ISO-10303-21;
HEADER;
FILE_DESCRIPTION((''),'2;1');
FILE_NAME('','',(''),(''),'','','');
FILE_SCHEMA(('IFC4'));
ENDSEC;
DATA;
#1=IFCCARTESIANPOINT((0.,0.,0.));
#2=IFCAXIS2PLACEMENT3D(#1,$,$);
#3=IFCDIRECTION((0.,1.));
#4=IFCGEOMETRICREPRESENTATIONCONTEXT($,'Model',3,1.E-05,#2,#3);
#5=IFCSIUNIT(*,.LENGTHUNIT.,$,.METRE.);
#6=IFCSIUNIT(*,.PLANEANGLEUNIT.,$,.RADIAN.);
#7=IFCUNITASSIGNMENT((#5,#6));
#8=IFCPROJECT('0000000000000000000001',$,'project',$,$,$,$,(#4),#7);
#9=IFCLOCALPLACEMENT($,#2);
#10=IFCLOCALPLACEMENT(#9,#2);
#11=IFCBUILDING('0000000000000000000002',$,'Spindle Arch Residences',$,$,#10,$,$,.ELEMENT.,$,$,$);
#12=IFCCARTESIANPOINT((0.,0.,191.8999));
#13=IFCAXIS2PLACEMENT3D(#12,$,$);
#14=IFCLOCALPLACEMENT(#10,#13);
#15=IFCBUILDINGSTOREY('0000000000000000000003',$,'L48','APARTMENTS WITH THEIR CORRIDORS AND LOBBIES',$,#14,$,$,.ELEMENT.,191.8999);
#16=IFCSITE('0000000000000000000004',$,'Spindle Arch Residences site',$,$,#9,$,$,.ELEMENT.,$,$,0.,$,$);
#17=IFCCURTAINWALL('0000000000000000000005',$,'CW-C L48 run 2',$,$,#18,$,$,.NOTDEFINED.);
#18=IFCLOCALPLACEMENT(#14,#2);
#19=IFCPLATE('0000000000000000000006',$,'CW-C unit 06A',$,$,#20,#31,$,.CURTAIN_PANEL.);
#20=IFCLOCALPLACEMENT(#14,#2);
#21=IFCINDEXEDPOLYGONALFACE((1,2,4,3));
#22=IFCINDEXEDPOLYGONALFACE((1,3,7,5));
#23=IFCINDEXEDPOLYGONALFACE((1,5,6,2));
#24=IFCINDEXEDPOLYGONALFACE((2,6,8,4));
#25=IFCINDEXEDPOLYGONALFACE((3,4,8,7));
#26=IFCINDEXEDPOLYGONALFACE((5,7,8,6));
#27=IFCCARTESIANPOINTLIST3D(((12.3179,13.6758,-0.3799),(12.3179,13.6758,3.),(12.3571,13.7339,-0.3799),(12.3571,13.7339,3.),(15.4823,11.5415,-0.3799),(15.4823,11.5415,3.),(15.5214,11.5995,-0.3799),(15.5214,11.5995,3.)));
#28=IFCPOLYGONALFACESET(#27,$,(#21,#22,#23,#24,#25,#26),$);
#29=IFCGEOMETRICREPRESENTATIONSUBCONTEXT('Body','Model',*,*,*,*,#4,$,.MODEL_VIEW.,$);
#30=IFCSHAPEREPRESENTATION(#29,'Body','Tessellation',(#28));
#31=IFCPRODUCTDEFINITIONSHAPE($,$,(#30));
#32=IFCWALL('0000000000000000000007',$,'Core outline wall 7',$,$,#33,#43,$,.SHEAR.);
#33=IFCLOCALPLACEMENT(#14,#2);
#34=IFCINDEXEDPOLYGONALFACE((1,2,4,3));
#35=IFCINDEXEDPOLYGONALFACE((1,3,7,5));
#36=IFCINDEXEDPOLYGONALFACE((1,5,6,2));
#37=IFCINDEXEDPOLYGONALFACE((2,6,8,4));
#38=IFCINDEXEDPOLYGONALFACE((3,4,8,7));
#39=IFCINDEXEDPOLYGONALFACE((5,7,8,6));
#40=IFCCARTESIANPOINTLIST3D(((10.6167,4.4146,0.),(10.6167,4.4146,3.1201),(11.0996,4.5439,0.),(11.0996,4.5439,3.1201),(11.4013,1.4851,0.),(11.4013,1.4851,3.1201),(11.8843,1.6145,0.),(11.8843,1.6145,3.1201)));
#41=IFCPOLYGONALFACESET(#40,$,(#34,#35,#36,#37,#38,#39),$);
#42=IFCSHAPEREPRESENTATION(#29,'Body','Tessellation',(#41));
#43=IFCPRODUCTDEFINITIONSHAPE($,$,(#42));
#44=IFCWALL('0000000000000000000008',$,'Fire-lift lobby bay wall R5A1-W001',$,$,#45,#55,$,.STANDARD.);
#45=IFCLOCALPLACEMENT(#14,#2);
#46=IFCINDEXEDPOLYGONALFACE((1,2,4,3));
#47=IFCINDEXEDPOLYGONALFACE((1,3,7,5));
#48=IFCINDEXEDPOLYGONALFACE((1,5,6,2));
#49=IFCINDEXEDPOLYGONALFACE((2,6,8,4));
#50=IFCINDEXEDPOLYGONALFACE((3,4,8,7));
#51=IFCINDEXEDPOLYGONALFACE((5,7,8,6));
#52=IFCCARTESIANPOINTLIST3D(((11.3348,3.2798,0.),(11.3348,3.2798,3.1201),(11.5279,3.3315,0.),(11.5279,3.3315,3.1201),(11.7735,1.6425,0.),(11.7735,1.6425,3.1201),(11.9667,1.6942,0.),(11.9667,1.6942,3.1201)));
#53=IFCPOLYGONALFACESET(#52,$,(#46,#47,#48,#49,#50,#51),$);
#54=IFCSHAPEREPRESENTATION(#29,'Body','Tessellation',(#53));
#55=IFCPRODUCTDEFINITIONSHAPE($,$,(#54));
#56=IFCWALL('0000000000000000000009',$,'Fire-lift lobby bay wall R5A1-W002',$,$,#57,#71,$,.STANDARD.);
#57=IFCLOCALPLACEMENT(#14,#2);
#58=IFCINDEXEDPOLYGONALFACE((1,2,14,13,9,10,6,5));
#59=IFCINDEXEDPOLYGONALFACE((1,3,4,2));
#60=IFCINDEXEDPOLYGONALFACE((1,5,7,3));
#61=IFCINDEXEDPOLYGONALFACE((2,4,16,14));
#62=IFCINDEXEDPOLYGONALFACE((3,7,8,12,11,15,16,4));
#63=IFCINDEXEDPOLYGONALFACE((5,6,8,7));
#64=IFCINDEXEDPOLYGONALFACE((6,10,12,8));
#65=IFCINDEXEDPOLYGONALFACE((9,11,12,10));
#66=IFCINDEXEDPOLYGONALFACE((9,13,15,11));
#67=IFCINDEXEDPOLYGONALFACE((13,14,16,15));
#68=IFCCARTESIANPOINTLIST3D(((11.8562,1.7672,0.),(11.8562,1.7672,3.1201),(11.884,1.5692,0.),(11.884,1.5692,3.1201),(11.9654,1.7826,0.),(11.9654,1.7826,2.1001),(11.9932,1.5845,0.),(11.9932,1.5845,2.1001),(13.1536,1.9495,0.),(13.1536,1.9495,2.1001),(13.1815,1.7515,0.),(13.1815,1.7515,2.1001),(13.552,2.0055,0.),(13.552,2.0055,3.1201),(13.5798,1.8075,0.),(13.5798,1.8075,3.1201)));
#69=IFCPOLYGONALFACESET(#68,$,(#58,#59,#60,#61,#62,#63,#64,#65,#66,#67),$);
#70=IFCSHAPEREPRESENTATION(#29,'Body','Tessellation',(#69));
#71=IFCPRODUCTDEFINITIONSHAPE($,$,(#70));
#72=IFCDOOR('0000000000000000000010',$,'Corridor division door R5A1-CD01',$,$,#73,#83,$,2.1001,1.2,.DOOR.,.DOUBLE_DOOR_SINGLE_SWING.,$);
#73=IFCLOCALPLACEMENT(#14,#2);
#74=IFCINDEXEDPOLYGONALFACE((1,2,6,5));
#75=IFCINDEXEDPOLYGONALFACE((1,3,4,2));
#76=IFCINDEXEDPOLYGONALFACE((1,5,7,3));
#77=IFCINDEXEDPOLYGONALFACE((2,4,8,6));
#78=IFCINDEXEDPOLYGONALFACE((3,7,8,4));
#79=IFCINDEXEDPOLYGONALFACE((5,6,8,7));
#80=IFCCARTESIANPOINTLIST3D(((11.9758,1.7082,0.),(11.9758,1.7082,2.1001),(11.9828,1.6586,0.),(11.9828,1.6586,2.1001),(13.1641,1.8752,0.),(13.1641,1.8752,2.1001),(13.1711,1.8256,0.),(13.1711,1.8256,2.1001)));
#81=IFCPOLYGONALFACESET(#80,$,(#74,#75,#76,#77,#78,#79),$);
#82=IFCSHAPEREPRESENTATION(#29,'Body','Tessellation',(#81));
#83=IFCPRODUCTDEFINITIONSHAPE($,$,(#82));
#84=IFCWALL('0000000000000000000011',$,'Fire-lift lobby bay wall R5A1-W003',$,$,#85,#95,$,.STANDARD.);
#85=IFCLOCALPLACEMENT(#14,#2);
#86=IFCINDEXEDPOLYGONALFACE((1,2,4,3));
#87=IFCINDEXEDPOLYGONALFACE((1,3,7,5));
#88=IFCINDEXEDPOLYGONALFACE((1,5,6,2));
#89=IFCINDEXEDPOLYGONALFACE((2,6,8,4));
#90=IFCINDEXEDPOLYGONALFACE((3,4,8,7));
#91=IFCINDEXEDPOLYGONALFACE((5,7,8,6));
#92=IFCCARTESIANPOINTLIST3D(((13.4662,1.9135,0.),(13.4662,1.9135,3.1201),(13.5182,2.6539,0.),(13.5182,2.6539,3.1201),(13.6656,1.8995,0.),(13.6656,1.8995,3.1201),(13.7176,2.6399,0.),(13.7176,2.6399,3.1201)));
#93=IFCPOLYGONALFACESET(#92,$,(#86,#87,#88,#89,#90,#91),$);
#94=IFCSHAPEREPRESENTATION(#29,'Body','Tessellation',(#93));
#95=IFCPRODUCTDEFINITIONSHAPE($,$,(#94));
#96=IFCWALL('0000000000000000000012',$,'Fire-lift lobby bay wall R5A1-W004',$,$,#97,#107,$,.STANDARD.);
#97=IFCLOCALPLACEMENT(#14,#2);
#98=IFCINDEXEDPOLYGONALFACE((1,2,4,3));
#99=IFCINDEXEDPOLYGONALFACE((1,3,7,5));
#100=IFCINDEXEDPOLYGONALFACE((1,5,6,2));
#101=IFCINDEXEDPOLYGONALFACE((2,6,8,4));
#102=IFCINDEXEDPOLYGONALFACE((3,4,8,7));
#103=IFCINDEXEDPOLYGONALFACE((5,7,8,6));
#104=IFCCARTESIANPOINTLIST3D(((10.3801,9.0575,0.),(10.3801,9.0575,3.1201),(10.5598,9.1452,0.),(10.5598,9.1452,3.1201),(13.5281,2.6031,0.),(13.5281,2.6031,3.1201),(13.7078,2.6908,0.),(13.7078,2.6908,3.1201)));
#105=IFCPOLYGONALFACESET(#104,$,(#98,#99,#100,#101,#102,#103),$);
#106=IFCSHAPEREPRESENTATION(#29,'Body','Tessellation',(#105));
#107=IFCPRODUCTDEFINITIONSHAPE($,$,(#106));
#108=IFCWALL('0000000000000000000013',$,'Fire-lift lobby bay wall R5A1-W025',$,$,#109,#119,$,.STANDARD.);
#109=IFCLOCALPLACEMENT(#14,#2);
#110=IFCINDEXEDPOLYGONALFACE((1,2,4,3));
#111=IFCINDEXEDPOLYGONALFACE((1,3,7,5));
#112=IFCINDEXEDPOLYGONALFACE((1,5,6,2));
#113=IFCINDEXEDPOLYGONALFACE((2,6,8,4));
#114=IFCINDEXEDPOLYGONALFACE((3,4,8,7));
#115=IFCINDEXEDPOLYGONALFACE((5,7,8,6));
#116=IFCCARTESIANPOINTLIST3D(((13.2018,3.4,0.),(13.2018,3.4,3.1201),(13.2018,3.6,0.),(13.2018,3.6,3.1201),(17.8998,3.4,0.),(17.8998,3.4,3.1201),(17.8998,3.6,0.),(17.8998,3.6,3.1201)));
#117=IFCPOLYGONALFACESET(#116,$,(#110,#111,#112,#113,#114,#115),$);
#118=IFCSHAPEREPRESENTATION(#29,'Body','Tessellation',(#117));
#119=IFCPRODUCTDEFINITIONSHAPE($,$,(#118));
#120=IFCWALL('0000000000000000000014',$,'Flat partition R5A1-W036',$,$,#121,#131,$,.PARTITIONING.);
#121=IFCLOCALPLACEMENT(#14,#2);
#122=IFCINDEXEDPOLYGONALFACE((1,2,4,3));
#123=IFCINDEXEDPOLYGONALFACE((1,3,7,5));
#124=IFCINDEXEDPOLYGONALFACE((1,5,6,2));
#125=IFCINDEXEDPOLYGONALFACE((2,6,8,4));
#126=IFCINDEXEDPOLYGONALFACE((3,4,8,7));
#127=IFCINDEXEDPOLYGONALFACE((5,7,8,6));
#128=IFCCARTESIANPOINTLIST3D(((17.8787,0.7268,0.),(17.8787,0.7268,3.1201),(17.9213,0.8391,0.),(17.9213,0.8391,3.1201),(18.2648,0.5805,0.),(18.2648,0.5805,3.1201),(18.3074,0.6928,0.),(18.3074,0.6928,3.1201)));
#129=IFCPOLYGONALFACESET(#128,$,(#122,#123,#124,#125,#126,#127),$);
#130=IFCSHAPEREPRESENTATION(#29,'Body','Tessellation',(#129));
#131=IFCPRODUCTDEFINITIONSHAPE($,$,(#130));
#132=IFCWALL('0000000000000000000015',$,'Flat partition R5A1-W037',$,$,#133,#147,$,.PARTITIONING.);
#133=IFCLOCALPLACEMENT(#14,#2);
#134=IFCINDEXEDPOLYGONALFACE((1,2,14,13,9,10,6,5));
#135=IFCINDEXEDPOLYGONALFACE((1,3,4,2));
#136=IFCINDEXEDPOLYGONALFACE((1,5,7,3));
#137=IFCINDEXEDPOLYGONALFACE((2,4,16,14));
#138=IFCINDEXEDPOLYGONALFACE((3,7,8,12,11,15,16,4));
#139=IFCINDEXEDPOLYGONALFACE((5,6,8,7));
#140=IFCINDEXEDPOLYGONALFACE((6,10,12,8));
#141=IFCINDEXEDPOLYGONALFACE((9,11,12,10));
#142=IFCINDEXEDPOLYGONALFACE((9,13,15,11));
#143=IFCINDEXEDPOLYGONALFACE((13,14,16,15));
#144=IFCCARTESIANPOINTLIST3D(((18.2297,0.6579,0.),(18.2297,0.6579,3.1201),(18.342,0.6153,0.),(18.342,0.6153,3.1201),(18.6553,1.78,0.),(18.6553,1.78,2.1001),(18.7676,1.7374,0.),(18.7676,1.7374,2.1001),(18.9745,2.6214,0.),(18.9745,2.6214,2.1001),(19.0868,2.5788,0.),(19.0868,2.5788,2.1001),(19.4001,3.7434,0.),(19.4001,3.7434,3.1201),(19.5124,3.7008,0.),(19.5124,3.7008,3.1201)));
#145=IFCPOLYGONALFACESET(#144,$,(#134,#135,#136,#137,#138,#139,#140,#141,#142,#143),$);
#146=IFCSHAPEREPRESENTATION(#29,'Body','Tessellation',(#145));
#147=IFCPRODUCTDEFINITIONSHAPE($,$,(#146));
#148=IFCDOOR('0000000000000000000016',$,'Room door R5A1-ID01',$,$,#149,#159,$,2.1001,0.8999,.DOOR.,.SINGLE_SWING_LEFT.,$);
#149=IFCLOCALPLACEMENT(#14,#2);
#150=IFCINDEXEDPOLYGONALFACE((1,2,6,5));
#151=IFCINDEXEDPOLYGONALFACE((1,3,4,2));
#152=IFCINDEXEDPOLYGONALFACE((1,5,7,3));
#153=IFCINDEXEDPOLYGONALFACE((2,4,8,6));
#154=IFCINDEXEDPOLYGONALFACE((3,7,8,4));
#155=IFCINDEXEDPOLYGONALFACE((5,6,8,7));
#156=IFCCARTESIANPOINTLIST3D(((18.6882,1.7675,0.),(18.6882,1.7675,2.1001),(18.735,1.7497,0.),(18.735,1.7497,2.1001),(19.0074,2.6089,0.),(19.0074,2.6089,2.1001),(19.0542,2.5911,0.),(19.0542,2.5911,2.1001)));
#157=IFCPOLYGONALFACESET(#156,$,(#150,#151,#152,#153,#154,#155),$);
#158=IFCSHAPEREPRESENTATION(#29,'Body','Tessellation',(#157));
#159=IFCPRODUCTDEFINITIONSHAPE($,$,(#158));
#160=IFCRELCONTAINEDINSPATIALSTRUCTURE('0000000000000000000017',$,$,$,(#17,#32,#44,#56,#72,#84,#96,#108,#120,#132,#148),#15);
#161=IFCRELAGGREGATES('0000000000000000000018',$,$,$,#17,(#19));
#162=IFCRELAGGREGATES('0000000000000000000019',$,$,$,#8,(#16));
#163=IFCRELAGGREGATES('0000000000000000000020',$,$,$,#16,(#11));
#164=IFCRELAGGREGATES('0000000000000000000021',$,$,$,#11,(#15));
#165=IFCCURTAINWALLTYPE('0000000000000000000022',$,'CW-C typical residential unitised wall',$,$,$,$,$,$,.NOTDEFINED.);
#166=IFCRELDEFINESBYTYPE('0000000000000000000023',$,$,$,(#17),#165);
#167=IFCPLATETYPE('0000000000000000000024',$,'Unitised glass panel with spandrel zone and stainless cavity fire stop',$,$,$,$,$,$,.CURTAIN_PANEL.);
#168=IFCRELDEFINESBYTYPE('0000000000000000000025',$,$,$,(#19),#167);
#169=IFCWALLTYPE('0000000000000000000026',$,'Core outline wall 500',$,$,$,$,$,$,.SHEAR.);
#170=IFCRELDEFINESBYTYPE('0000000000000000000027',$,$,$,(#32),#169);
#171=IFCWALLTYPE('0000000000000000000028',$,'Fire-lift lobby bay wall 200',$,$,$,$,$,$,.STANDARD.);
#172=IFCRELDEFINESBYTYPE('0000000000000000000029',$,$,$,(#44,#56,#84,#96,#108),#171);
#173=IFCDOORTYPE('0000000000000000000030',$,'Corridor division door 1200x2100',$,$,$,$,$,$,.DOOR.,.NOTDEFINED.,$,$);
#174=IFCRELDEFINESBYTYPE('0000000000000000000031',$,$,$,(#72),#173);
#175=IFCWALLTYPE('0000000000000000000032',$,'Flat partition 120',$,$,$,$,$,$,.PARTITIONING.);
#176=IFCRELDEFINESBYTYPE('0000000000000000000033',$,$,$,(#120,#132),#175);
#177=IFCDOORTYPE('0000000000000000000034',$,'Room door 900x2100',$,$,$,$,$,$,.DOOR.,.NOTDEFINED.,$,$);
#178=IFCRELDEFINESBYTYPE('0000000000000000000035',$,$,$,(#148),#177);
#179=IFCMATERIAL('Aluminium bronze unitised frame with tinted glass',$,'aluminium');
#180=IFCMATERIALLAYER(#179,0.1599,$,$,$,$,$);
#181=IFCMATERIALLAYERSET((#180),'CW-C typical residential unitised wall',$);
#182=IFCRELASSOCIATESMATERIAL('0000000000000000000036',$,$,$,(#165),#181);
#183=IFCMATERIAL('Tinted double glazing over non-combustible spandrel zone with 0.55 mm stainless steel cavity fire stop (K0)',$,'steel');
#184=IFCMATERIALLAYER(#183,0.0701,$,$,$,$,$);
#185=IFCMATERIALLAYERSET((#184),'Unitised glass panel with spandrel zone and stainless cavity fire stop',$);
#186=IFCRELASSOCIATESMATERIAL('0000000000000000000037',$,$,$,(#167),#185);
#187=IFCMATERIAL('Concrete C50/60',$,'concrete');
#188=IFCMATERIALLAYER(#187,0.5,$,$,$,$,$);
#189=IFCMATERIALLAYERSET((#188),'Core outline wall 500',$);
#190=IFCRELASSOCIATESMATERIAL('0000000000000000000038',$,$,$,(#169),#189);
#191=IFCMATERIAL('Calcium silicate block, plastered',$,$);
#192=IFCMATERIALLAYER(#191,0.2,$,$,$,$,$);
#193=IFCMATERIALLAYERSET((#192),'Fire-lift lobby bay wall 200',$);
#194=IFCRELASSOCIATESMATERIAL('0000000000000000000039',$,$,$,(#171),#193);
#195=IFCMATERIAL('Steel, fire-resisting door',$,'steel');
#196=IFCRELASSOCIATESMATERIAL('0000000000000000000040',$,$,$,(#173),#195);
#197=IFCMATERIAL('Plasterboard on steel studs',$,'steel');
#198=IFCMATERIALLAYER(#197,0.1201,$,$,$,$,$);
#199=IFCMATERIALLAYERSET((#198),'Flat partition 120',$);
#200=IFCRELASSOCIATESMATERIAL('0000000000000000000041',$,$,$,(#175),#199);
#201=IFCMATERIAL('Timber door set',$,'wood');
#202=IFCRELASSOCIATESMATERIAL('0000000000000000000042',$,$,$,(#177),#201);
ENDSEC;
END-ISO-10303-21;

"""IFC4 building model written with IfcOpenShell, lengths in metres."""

from ifc_helpers import new_model, si_unit, direction, frame, frame_2d, origin, origin_2d, place, context, subcontext, project, spatial, rectangle, extrude, material, layer, layer_set, type_object, element, fill, aggregate, save


model = new_model("IFC4")

# Units and contexts
model_context = context("Model", 3, precision=1e-05, world=origin(), true_north=direction((0.0, 1.0)))
body_context = subcontext(model_context, "Body", "Model", "MODEL_VIEW")
ifc_project = project(units=[si_unit("LENGTHUNIT", "METRE"), si_unit("PLANEANGLEUNIT", "RADIAN")], contexts=[model_context])

# Site, building, storey
site_placement = place(None, origin())
site = spatial("IfcSite", under=ifc_project, at=site_placement, Name="Spindle Arch Residences site", CompositionType="ELEMENT", RefElevation=0.0)
building_placement = place(site_placement, origin())
building = spatial("IfcBuilding", under=site, at=building_placement, Name="Spindle Arch Residences", CompositionType="ELEMENT")
storey_placement = place(building_placement, frame((0.0, 0.0, 191.8999)))
storey = spatial("IfcBuildingStorey", under=building, at=storey_placement, Name="L48", Description="APARTMENTS WITH THEIR CORRIDORS AND LOBBIES", CompositionType="ELEMENT", Elevation=191.8999)

# Curtain wall
ifc_material_1 = material(Name="Aluminium bronze unitised frame with tinted glass", Category="aluminium")
ifc_layer_1 = layer(ifc_material_1, 0.1599)
ifc_layer_set_1 = layer_set([ifc_layer_1], Name="CW-C typical residential unitised wall")
curtain_wall_type = type_object("IfcCurtainWallType", Name="CW-C typical residential unitised wall", PredefinedType="NOTDEFINED", material=ifc_layer_set_1)
curtain_wall_placement = place(storey_placement, origin())
curtain_wall = element("IfcCurtainWall", 1, at=curtain_wall_placement, inside=storey, type_object=curtain_wall_type, Name="CW-C L48 run 2", PredefinedType="NOTDEFINED")

# Plate
ifc_material_2 = material(Name="Tinted double glazing over non-combustible spandrel zone with 0.55 mm stainless steel cavity fire stop (K0)", Category="steel")
ifc_layer_2 = layer(ifc_material_2, 0.0701)
ifc_layer_set_2 = layer_set([ifc_layer_2], Name="Unitised glass panel with spandrel zone and stainless cavity fire stop")
plate_type = type_object("IfcPlateType", Name="Unitised glass panel with spandrel zone and stainless cavity fire stop", PredefinedType="CURTAIN_PANEL", material=ifc_layer_set_2)
plate_1_placement = place(storey_placement, frame((13.9197, 12.6377, -0.3799), z_axis=(0.0, 0.0, 1.0), x_axis=(-0.829038, 0.559193, 0.0)))
plate_1 = element("IfcPlate", 2, at=plate_1_placement, type_object=plate_type, Name="CW-C unit 06A", PredefinedType="CURTAIN_PANEL", context=body_context, shape_type="SweptSolid", body=[
    extrude(rectangle(XDim=3.8169, YDim=0.0701, at=origin_2d()), origin(), (0.0, 0.0, 1.0), 3.3799),
])
aggregate(curtain_wall, [plate_1])

# Walls
ifc_material_3 = material(Name="Concrete C50/60", Category="concrete")
ifc_layer_3 = layer(ifc_material_3, 0.5)
ifc_layer_set_3 = layer_set([ifc_layer_3], Name="Core outline wall 500")
wall_type_1 = type_object("IfcWallType", Name="Core outline wall 500", PredefinedType="SHEAR", material=ifc_layer_set_3)
wall_1_placement = place(storey_placement, frame((11.6428, 1.5498, 0.0), z_axis=(0.0, 0.0, 1.0), x_axis=(-0.258735, 0.965948, 0.0)))
element("IfcWall", 3, at=wall_1_placement, inside=storey, type_object=wall_type_1, Name="Core outline wall 7", PredefinedType="SHEAR", context=body_context, shape_type="SweptSolid", body=[
    extrude(rectangle(XDim=3.0327, YDim=0.5, at=frame_2d((1.5164, 0.0))), origin(), (0.0, 0.0, 1.0), 3.1201),
])
ifc_material_4 = material(Name="Calcium silicate block, plastered")
ifc_layer_4 = layer(ifc_material_4, 0.2)
ifc_layer_set_4 = layer_set([ifc_layer_4], Name="Fire-lift lobby bay wall 200")
wall_type_2 = type_object("IfcWallType", Name="Fire-lift lobby bay wall 200", PredefinedType="STANDARD", material=ifc_layer_set_4)
wall_2_placement = place(storey_placement, frame((11.8701, 1.6682, 0.0), z_axis=(0.0, 0.0, 1.0), x_axis=(-0.258837, 0.965921, 0.0)))
element("IfcWall", 4, at=wall_2_placement, inside=storey, type_object=wall_type_2, Name="Fire-lift lobby bay wall R5A1-W001", PredefinedType="STANDARD", context=body_context, shape_type="SweptSolid", body=[
    extrude(rectangle(XDim=1.6951, YDim=0.2, at=frame_2d((0.8477, 0.0))), origin(), (0.0, 0.0, 1.0), 3.1201),
])

# Wall, opening, door
wall_3_placement = place(storey_placement, frame((11.8701, 1.6682, 0.0), z_axis=(0.0, 0.0, 1.0), x_axis=(0.990272, 0.139146, 0.0)))
wall_3 = element("IfcWall", 5, at=wall_3_placement, inside=storey, type_object=wall_type_2, Name="Fire-lift lobby bay wall R5A1-W002", PredefinedType="STANDARD", context=body_context, shape_type="SweptSolid", body=[
    extrude(rectangle(XDim=1.7124, YDim=0.2, at=frame_2d((0.8562, 0.0))), origin(), (0.0, 0.0, 1.0), 3.1201),
])
opening_1_placement = place(wall_3_placement, frame((0.1101, 0.0, 0.0)))
opening_1 = element("IfcOpeningElement", 6, at=opening_1_placement, cuts=wall_3, PredefinedType="OPENING", context=body_context, shape_type="SweptSolid", body=[
    extrude(rectangle(XDim=1.2, YDim=2.1001, at=frame_2d((0.6001, 1.05))), frame((0.0, 0.1099, 0.0), z_axis=(0.0, -1.0, 0.0), x_axis=(1.0, 0.0, 0.0)), (0.0, 0.0, 1.0), 0.22),
])
ifc_material_5 = material(Name="Steel, fire-resisting door", Category="steel")
door_type_1 = type_object("IfcDoorType", Name="Corridor division door 1200x2100", OperationType="NOTDEFINED", PredefinedType="DOOR", material=ifc_material_5)
door_1_placement = place(opening_1_placement, origin())
door_1 = element("IfcDoor", 7, at=door_1_placement, inside=storey, type_object=door_type_1, Name="Corridor division door R5A1-CD01", OperationType="DOUBLE_DOOR_SINGLE_SWING", OverallHeight=2.1001, OverallWidth=1.2, PredefinedType="DOOR", context=body_context, shape_type="SweptSolid", body=[
    extrude(rectangle(XDim=1.2, YDim=2.1001, at=frame_2d((0.6001, 1.05))), frame((0.0, 0.0249, 0.0), z_axis=(0.0, -1.0, 0.0), x_axis=(1.0, 0.0, 0.0)), (0.0, 0.0, 1.0), 0.05),
])
fill(opening_1, door_1)

# Walls
wall_4_placement = place(storey_placement, frame((13.5659, 1.9065, 0.0), z_axis=(0.0, 0.0, 1.0), x_axis=(0.070055, 0.997543, 0.0)))
element("IfcWall", 8, at=wall_4_placement, inside=storey, type_object=wall_type_2, Name="Fire-lift lobby bay wall R5A1-W003", PredefinedType="STANDARD", context=body_context, shape_type="SweptSolid", body=[
    extrude(rectangle(XDim=0.7422, YDim=0.2, at=frame_2d((0.3711, 0.0))), origin(), (0.0, 0.0, 1.0), 3.1201),
])
wall_5_placement = place(storey_placement, frame((13.6179, 2.647, 0.0), z_axis=(0.0, 0.0, 1.0), x_axis=(-0.438366, 0.898797, 0.0)))
element("IfcWall", 9, at=wall_5_placement, inside=storey, type_object=wall_type_2, Name="Fire-lift lobby bay wall R5A1-W004", PredefinedType="STANDARD", context=body_context, shape_type="SweptSolid", body=[
    extrude(rectangle(XDim=7.1812, YDim=0.2, at=frame_2d((3.5906, 0.0))), origin(), (0.0, 0.0, 1.0), 3.1201),
])
wall_6_placement = place(storey_placement, frame((17.8999, 3.5, 0.0), z_axis=(0.0, 0.0, 1.0), x_axis=(-1.0, 0.0, 0.0)))
element("IfcWall", 10, at=wall_6_placement, inside=storey, type_object=wall_type_2, Name="Fire-lift lobby bay wall R5A1-W025", PredefinedType="STANDARD", context=body_context, shape_type="SweptSolid", body=[
    extrude(rectangle(XDim=4.698, YDim=0.2, at=frame_2d((2.3491, 0.0))), origin(), (0.0, 0.0, 1.0), 3.1201),
])
ifc_material_6 = material(Name="Plasterboard on steel studs", Category="steel")
ifc_layer_5 = layer(ifc_material_6, 0.1201)
ifc_layer_set_5 = layer_set([ifc_layer_5], Name="Flat partition 120")
wall_type_3 = type_object("IfcWallType", Name="Flat partition 120", PredefinedType="PARTITIONING", material=ifc_layer_set_5)
wall_7_placement = place(storey_placement, frame((17.8999, 0.783, 0.0), z_axis=(0.0, 0.0, 1.0), x_axis=(0.935133, -0.354298, 0.0)))
element("IfcWall", 11, at=wall_7_placement, inside=storey, type_object=wall_type_3, Name="Flat partition R5A1-W036", PredefinedType="PARTITIONING", context=body_context, shape_type="SweptSolid", body=[
    extrude(rectangle(XDim=0.4128, YDim=0.1201, at=frame_2d((0.2065, 0.0))), origin(), (0.0, 0.0, 1.0), 3.1201),
])

# Wall, opening, door
wall_8_placement = place(storey_placement, frame((18.2859, 0.6367, 0.0), z_axis=(0.0, 0.0, 1.0), x_axis=(0.354672, 0.934991, 0.0)))
wall_8 = element("IfcWall", 12, at=wall_8_placement, inside=storey, type_object=wall_type_3, Name="Flat partition R5A1-W037", PredefinedType="PARTITIONING", context=body_context, shape_type="SweptSolid", body=[
    extrude(rectangle(XDim=3.3, YDim=0.1201, at=frame_2d((1.6499, 0.0))), origin(), (0.0, 0.0, 1.0), 3.1201),
])
opening_2_placement = place(wall_8_placement, frame((1.2, 0.0, 0.0)))
opening_2 = element("IfcOpeningElement", 13, at=opening_2_placement, cuts=wall_8, PredefinedType="OPENING", context=body_context, shape_type="SweptSolid", body=[
    extrude(rectangle(XDim=0.8999, YDim=2.1001, at=frame_2d((0.45, 1.05))), frame((0.0, 0.0701, 0.0), z_axis=(0.0, -1.0, 0.0), x_axis=(1.0, 0.0, 0.0)), (0.0, 0.0, 1.0), 0.1401),
])
ifc_material_7 = material(Name="Timber door set", Category="wood")
door_type_2 = type_object("IfcDoorType", Name="Room door 900x2100", OperationType="NOTDEFINED", PredefinedType="DOOR", material=ifc_material_7)
door_2_placement = place(opening_2_placement, origin())
door_2 = element("IfcDoor", 14, at=door_2_placement, inside=storey, type_object=door_type_2, Name="Room door R5A1-ID01", OperationType="SINGLE_SWING_LEFT", OverallHeight=2.1001, OverallWidth=0.8999, PredefinedType="DOOR", context=body_context, shape_type="SweptSolid", body=[
    extrude(rectangle(XDim=0.8999, YDim=2.1001, at=frame_2d((0.45, 1.05))), frame((0.0, 0.0249, 0.0), z_axis=(0.0, -1.0, 0.0), x_axis=(1.0, 0.0, 0.0)), (0.0, 0.0, 1.0), 0.05),
])
fill(opening_2, door_2)

save(model, "model.ifc")
